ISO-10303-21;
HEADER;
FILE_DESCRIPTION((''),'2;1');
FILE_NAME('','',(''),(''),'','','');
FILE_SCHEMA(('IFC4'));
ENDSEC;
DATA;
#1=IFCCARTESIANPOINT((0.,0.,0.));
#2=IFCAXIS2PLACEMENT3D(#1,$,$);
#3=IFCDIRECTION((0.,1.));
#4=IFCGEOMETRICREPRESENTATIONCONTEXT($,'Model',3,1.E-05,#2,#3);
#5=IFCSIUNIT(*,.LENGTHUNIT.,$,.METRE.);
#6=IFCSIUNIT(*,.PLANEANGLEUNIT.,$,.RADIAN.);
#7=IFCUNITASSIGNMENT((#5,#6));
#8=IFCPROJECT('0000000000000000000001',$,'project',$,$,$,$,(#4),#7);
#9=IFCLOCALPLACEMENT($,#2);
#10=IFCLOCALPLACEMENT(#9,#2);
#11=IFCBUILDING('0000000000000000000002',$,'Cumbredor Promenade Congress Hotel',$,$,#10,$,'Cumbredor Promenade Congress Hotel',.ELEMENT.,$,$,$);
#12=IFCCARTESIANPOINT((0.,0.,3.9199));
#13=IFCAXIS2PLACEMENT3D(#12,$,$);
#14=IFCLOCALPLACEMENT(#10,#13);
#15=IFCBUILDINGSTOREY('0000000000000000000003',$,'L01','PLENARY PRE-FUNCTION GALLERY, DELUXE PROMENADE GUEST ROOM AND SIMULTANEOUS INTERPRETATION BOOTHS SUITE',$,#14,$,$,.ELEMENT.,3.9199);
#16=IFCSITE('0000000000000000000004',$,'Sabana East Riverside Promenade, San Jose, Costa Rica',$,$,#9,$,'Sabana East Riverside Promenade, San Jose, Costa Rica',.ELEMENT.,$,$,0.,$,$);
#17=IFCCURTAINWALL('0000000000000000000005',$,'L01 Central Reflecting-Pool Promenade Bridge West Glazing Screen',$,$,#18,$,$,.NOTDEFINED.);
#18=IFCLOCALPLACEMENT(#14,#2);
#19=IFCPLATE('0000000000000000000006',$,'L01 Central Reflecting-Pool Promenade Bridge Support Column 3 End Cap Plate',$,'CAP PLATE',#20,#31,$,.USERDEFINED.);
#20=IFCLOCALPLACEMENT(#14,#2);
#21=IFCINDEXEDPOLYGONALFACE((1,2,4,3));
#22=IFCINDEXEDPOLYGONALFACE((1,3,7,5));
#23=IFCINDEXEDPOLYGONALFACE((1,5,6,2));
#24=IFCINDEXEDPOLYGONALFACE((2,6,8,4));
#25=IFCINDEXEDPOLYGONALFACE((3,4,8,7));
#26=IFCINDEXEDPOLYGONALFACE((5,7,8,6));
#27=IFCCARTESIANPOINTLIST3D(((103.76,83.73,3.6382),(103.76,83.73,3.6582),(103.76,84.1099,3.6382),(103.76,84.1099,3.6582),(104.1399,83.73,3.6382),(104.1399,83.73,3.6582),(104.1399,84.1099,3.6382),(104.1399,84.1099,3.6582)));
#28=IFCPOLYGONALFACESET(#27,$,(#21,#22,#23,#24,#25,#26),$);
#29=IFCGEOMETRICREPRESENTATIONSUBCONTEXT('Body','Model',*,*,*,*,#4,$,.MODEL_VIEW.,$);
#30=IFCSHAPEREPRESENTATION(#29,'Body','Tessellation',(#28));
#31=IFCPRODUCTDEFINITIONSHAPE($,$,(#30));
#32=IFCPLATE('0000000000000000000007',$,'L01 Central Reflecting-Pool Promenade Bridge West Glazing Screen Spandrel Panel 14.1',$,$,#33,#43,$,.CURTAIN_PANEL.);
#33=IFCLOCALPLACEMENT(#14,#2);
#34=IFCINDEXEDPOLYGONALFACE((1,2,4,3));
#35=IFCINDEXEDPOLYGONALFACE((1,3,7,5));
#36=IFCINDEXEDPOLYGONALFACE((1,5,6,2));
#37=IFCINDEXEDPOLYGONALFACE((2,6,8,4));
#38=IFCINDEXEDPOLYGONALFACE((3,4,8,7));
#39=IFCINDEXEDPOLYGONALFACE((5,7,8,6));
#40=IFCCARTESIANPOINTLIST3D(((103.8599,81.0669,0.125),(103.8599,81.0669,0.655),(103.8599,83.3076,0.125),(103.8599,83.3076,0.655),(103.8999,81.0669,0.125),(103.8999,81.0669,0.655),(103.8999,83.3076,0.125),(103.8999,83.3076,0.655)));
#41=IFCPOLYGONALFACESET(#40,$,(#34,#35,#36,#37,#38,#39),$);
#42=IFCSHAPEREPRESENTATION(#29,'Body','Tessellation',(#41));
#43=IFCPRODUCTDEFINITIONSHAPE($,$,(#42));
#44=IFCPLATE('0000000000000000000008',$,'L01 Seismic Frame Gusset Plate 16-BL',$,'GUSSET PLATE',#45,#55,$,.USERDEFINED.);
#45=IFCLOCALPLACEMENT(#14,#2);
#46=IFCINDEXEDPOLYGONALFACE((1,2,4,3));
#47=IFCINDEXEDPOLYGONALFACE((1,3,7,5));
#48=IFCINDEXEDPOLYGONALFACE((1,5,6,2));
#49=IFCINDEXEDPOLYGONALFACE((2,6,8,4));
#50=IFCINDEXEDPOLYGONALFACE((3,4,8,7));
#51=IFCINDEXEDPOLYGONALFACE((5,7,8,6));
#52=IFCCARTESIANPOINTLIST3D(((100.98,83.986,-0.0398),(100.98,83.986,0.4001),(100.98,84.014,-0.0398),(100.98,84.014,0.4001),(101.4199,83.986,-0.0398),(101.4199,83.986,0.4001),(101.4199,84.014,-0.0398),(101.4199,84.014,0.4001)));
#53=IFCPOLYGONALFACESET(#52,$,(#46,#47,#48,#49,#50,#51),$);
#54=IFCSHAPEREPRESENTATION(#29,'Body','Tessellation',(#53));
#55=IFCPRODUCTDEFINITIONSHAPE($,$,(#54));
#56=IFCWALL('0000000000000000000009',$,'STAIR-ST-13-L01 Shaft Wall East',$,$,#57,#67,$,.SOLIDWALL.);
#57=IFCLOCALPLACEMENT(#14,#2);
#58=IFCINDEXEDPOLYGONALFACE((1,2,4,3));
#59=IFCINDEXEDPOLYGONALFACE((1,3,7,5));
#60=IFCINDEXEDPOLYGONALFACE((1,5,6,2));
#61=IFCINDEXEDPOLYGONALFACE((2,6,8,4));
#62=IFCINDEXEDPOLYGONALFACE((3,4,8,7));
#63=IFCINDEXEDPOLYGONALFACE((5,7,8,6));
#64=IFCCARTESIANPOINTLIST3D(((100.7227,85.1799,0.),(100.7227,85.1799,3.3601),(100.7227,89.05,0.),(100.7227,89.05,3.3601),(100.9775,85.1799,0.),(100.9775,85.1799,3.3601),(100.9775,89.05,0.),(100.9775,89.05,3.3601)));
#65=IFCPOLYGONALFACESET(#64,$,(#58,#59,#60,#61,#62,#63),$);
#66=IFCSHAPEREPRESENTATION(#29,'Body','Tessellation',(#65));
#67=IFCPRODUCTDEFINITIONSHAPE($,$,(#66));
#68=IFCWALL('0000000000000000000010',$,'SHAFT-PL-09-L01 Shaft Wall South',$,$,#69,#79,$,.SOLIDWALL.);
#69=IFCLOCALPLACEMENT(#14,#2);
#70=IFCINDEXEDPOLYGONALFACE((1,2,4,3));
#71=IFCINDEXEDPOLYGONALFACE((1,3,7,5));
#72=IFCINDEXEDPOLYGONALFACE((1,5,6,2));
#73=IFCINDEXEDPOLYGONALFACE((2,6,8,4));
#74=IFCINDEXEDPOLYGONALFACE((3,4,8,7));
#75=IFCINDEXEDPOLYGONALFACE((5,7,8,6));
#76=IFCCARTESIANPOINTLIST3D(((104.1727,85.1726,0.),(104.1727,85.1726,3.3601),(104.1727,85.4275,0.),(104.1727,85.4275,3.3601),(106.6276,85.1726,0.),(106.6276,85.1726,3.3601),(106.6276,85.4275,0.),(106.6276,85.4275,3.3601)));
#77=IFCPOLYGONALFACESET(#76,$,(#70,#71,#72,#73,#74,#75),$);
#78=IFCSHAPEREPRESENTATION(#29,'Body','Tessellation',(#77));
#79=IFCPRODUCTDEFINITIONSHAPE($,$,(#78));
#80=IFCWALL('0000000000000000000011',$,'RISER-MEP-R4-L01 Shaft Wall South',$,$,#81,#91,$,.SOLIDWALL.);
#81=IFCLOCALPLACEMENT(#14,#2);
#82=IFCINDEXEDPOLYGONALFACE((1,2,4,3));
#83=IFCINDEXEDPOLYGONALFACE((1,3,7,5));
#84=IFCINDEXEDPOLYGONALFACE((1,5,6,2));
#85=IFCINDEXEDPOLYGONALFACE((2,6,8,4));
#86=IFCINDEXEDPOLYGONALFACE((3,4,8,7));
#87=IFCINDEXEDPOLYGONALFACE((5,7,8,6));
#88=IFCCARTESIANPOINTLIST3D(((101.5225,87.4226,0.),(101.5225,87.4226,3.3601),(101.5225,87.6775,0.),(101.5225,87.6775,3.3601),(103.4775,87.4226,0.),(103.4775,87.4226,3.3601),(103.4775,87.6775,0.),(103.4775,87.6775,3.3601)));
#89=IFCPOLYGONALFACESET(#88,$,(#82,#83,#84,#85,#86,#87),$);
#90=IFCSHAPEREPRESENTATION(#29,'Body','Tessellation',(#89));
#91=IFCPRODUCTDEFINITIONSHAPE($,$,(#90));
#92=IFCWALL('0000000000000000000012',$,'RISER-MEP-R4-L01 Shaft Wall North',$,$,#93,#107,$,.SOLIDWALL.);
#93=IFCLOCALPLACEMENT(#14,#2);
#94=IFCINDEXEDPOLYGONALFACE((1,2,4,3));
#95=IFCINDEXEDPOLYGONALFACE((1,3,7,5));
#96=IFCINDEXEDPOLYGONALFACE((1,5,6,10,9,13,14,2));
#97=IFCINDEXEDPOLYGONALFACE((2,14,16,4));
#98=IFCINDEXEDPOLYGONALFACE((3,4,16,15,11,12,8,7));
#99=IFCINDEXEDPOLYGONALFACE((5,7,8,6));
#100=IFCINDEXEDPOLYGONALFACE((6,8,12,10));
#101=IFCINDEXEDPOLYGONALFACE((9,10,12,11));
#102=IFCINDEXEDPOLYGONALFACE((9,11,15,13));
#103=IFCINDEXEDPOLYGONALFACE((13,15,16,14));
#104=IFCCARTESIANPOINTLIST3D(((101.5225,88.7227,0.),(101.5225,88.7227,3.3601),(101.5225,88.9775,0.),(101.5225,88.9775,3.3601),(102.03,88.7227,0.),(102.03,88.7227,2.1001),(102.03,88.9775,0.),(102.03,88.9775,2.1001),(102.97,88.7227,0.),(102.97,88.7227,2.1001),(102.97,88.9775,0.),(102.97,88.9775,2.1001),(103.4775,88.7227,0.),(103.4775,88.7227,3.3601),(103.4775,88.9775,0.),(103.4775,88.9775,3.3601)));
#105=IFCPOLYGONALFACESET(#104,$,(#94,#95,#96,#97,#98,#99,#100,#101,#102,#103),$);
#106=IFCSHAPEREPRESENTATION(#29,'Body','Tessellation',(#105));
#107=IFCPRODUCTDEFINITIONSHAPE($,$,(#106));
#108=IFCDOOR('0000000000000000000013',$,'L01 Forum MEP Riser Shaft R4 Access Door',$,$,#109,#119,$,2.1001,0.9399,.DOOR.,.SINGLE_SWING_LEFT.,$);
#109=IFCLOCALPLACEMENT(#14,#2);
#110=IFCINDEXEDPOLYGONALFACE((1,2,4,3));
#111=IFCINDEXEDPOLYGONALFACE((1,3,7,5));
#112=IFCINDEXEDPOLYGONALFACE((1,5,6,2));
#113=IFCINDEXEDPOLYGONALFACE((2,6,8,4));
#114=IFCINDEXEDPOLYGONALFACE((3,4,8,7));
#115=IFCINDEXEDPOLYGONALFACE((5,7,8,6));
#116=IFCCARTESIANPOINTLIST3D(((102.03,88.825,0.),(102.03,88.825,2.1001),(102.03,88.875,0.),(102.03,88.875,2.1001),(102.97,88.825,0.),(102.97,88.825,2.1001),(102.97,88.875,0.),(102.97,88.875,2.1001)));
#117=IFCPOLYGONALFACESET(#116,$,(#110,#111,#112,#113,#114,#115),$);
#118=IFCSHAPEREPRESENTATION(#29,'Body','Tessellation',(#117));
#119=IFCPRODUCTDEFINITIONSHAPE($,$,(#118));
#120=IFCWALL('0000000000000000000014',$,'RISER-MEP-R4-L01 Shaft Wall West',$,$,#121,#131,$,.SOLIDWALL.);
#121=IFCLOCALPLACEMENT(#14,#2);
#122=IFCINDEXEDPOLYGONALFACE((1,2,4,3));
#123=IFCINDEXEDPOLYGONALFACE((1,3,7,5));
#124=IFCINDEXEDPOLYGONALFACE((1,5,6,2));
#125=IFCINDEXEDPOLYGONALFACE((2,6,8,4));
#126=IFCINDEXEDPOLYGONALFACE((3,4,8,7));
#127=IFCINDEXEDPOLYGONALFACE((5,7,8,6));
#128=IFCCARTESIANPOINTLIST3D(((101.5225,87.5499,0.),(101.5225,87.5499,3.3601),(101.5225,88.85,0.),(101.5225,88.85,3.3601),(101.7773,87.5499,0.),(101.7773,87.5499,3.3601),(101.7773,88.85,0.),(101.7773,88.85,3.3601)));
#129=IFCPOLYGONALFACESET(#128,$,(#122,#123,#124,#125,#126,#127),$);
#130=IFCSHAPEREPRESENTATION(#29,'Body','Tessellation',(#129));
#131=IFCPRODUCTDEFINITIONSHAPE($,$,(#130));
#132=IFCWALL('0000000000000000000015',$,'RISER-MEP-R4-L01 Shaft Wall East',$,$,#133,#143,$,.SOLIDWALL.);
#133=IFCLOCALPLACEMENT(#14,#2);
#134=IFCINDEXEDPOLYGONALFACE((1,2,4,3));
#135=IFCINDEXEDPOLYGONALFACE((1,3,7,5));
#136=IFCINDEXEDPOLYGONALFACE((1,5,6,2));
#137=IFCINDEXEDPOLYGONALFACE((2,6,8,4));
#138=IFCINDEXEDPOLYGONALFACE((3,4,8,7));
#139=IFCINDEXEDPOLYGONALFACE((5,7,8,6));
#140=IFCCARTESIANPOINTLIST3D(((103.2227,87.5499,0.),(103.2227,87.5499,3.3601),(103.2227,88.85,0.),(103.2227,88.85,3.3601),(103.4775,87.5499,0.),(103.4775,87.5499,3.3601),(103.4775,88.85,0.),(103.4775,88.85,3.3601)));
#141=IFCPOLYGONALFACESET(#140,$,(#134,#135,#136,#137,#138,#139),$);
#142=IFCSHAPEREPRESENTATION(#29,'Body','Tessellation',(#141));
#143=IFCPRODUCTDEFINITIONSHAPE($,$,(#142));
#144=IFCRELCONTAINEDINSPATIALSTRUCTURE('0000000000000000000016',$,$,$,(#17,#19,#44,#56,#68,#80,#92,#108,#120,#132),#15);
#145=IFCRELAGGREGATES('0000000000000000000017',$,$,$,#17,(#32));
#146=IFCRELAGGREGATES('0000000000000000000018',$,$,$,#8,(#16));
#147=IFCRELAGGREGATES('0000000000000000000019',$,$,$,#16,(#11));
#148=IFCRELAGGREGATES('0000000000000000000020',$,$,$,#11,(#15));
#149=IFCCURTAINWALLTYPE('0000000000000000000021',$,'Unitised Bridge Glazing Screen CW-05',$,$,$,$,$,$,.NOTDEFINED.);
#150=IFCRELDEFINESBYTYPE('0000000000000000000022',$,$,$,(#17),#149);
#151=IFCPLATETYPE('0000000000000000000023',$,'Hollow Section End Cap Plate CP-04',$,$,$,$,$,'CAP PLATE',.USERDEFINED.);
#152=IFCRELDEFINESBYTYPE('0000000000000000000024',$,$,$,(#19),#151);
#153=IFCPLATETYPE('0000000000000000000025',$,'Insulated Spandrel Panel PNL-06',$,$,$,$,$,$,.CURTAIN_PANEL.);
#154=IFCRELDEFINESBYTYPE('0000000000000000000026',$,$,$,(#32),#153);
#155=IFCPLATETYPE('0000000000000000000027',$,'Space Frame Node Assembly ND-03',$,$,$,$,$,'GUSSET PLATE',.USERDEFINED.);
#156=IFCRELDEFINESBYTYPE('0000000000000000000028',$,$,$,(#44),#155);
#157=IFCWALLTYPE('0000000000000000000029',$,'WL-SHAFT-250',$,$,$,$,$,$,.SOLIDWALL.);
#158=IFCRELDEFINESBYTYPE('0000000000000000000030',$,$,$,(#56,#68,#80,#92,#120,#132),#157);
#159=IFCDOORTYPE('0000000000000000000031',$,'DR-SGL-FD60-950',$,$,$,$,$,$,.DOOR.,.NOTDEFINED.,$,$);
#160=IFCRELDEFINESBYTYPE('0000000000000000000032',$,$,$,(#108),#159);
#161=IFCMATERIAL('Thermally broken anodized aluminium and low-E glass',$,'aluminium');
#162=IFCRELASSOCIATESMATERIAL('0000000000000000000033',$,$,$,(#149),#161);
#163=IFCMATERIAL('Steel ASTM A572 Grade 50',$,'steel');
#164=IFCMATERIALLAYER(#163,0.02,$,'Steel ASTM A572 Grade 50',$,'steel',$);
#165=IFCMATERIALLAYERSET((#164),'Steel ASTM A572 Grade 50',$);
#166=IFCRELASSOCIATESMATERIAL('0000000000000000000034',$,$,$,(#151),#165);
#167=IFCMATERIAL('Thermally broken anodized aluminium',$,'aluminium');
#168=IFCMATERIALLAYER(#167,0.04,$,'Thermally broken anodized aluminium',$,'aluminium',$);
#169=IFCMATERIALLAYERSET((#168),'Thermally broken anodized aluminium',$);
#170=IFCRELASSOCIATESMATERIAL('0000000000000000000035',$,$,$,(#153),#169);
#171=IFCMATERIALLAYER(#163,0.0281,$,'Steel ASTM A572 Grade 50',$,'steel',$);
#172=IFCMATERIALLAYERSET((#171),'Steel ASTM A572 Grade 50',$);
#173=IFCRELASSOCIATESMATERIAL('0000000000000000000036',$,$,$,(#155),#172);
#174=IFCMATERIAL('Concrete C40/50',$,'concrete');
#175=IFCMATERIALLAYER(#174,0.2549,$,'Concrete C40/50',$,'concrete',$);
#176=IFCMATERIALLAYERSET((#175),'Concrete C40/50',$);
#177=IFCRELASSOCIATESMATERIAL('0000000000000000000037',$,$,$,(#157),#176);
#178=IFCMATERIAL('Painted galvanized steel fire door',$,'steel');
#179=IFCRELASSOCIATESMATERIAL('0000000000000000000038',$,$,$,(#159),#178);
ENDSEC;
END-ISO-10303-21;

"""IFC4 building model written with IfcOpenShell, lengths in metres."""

from ifc_helpers import new_model, si_unit, direction, frame, frame_2d, origin, origin_2d, place, context, subcontext, project, spatial, rectangle, extrude, material, layer, layer_set, type_object, element, fill, aggregate, save


model = new_model("IFC4")

# Units and contexts
model_context = context("Model", 3, precision=1e-05, world=origin(), true_north=direction((0.0, 1.0)))
body_context = subcontext(model_context, "Body", "Model", "MODEL_VIEW")
ifc_project = project(units=[si_unit("LENGTHUNIT", "METRE"), si_unit("PLANEANGLEUNIT", "RADIAN")], contexts=[model_context])

# Site, building, storey
site_placement = place(None, origin())
site = spatial("IfcSite", under=ifc_project, at=site_placement, Name="Sabana East Riverside Promenade, San Jose, Costa Rica", LongName="Sabana East Riverside Promenade, San Jose, Costa Rica", CompositionType="ELEMENT", RefElevation=0.0)
building_placement = place(site_placement, origin())
building = spatial("IfcBuilding", under=site, at=building_placement, Name="Cumbredor Promenade Congress Hotel", LongName="Cumbredor Promenade Congress Hotel", CompositionType="ELEMENT")
storey_placement = place(building_placement, frame((0.0, 0.0, 3.9199)))
storey = spatial("IfcBuildingStorey", under=building, at=storey_placement, Name="L01", Description="PLENARY PRE-FUNCTION GALLERY, DELUXE PROMENADE GUEST ROOM AND SIMULTANEOUS INTERPRETATION BOOTHS SUITE", CompositionType="ELEMENT", Elevation=3.9199)

# Shared definitions
ifc_material_1 = material(Name="Concrete C40/50", Category="concrete")

# Curtain wall
ifc_material_2 = material(Name="Thermally broken anodized aluminium and low-E glass", Category="aluminium")
curtain_wall_type = type_object("IfcCurtainWallType", Name="Unitised Bridge Glazing Screen CW-05", PredefinedType="NOTDEFINED", material=ifc_material_2)
curtain_wall_placement = place(storey_placement, origin())
curtain_wall = element("IfcCurtainWall", 1, at=curtain_wall_placement, inside=storey, type_object=curtain_wall_type, Name="L01 Central Reflecting-Pool Promenade Bridge West Glazing Screen", PredefinedType="NOTDEFINED")
ifc_material_3 = material(Name="Thermally broken anodized aluminium", Category="aluminium")

# Plate
ifc_material_4 = material(Name="Steel ASTM A572 Grade 50", Category="steel")
ifc_layer_1 = layer(ifc_material_4, 0.02, Name="Steel ASTM A572 Grade 50", Category="steel")
ifc_layer_set_1 = layer_set([ifc_layer_1], Name="Steel ASTM A572 Grade 50")
plate_type_1 = type_object("IfcPlateType", Name="Hollow Section End Cap Plate CP-04", ElementType="CAP PLATE", PredefinedType="USERDEFINED", material=ifc_layer_set_1)
for number, where, z_axis, x_axis, name in (
    (2, (103.95, 83.9199, 3.6382), (0.0, 0.0, 1.0), (1.0, 0.0, 0.0), "L01 Central Reflecting-Pool Promenade Bridge Support Column 3 End Cap Plate"),
):
    element("IfcPlate", number, at=place(storey_placement, frame(where, z_axis=z_axis, x_axis=x_axis)), inside=storey, type_object=plate_type_1, Name=name, ObjectType="CAP PLATE", PredefinedType="USERDEFINED", context=body_context, shape_type="SweptSolid", body=[
        extrude(rectangle(XDim=0.3799, YDim=0.3799, at=origin_2d()), origin(), (0.0, 0.0, 1.0), 0.02),
    ])

# Plates
ifc_layer_2 = layer(ifc_material_3, 0.04, Name="Thermally broken anodized aluminium", Category="aluminium")
ifc_layer_set_2 = layer_set([ifc_layer_2], Name="Thermally broken anodized aluminium")
plate_type_2 = type_object("IfcPlateType", Name="Insulated Spandrel Panel PNL-06", PredefinedType="CURTAIN_PANEL", material=ifc_layer_set_2)
plate_1_placement = place(storey_placement, frame((103.8799, 82.1873, 0.125), z_axis=(0.0, 0.0, 1.0), x_axis=(0.0, 1.0, 0.0)))
plate_1 = element("IfcPlate", 3, at=plate_1_placement, type_object=plate_type_2, Name="L01 Central Reflecting-Pool Promenade Bridge West Glazing Screen Spandrel Panel 14.1", PredefinedType="CURTAIN_PANEL", context=body_context, shape_type="SweptSolid", body=[
    extrude(rectangle(XDim=2.2407, YDim=0.04, at=origin_2d()), origin(), (0.0, 0.0, 1.0), 0.53),
])
aggregate(curtain_wall, [plate_1])
ifc_layer_3 = layer(ifc_material_4, 0.0281, Name="Steel ASTM A572 Grade 50", Category="steel")
ifc_layer_set_3 = layer_set([ifc_layer_3], Name="Steel ASTM A572 Grade 50")
plate_type_3 = type_object("IfcPlateType", Name="Space Frame Node Assembly ND-03", ElementType="GUSSET PLATE", PredefinedType="USERDEFINED", material=ifc_layer_set_3)
plate_2_placement = place(storey_placement, frame((101.2, 84.0, -0.0398), z_axis=(0.0, 0.0, 1.0), x_axis=(1.0, 0.0, 0.0)))
element("IfcPlate", 4, at=plate_2_placement, inside=storey, type_object=plate_type_3, Name="L01 Seismic Frame Gusset Plate 16-BL", ObjectType="GUSSET PLATE", PredefinedType="USERDEFINED", context=body_context, shape_type="SweptSolid", body=[
    extrude(rectangle(XDim=0.4399, YDim=0.0281, at=origin_2d()), origin(), (0.0, 0.0, 1.0), 0.4399),
])

# Walls
ifc_layer_4 = layer(ifc_material_1, 0.2549, Name="Concrete C40/50", Category="concrete")
ifc_layer_set_4 = layer_set([ifc_layer_4], Name="Concrete C40/50")
wall_type = type_object("IfcWallType", Name="WL-SHAFT-250", PredefinedType="SOLIDWALL", material=ifc_layer_set_4)
wall_1_placement = place(storey_placement, frame((100.8501, 85.1799, 0.0), z_axis=(0.0, 0.0, 1.0), x_axis=(0.0, 1.0, 0.0)))
element("IfcWall", 5, at=wall_1_placement, inside=storey, type_object=wall_type, Name="STAIR-ST-13-L01 Shaft Wall East", PredefinedType="SOLIDWALL", context=body_context, shape_type="SweptSolid", body=[
    extrude(rectangle(XDim=3.8701, YDim=0.2549, at=frame_2d((1.9351, 0.0))), origin(), (0.0, 0.0, 1.0), 3.3601),
])
wall_2_placement = place(storey_placement, frame((104.1726, 85.3, 0.0), z_axis=(0.0, 0.0, 1.0), x_axis=(1.0, 0.0, 0.0)))
element("IfcWall", 6, at=wall_2_placement, inside=storey, type_object=wall_type, Name="SHAFT-PL-09-L01 Shaft Wall South", PredefinedType="SOLIDWALL", context=body_context, shape_type="SweptSolid", body=[
    extrude(rectangle(XDim=2.4548, YDim=0.2549, at=frame_2d((1.2275, 0.0))), origin(), (0.0, 0.0, 1.0), 3.3601),
])

# Wall
wall_3_placement = place(storey_placement, frame((101.5225, 87.55, 0.0), z_axis=(0.0, 0.0, 1.0), x_axis=(1.0, 0.0, 0.0)))
element("IfcWall", 7, at=wall_3_placement, inside=storey, type_object=wall_type, Name="RISER-MEP-R4-L01 Shaft Wall South", PredefinedType="SOLIDWALL", context=body_context, shape_type="SweptSolid", body=[
    extrude(rectangle(XDim=1.9551, YDim=0.2549, at=frame_2d((0.9775, 0.0))), origin(), (0.0, 0.0, 1.0), 3.3601),
])

# Wall, opening, door
wall_4_placement = place(storey_placement, frame((101.5225, 88.8501, 0.0), z_axis=(0.0, 0.0, 1.0), x_axis=(1.0, 0.0, 0.0)))
wall_4 = element("IfcWall", 8, at=wall_4_placement, inside=storey, type_object=wall_type, Name="RISER-MEP-R4-L01 Shaft Wall North", PredefinedType="SOLIDWALL", context=body_context, shape_type="SweptSolid", body=[
    extrude(rectangle(XDim=1.9551, YDim=0.2549, at=frame_2d((0.9775, 0.0))), origin(), (0.0, 0.0, 1.0), 3.3601),
])
opening_1_placement = place(wall_4_placement, frame((0.5076, 0.0, 0.0)))
opening_1 = element("IfcOpeningElement", 9, at=opening_1_placement, cuts=wall_4, PredefinedType="OPENING", context=body_context, shape_type="SweptSolid", body=[
    extrude(rectangle(XDim=0.9399, YDim=2.1001, at=frame_2d((0.47, 1.05))), frame((0.0, 0.1375, 0.0), z_axis=(0.0, -1.0, 0.0), x_axis=(1.0, 0.0, 0.0)), (0.0, 0.0, 1.0), 0.2749),
])
ifc_material_5 = material(Name="Painted galvanized steel fire door", Category="steel")
door_type_1 = type_object("IfcDoorType", Name="DR-SGL-FD60-950", OperationType="NOTDEFINED", PredefinedType="DOOR", material=ifc_material_5)
door_1_placement = place(opening_1_placement, origin())
door_1 = element("IfcDoor", 10, at=door_1_placement, inside=storey, type_object=door_type_1, Name="L01 Forum MEP Riser Shaft R4 Access Door", OperationType="SINGLE_SWING_LEFT", OverallHeight=2.1001, OverallWidth=0.9399, PredefinedType="DOOR", context=body_context, shape_type="SweptSolid", body=[
    extrude(rectangle(XDim=0.9399, YDim=2.1001, at=frame_2d((0.47, 1.05))), frame((0.0, 0.0249, 0.0), z_axis=(0.0, -1.0, 0.0), x_axis=(1.0, 0.0, 0.0)), (0.0, 0.0, 1.0), 0.05),
])
fill(opening_1, door_1)

# Walls
for number, where, z_axis, x_axis, name in (
    (11, (101.6499, 87.55, 0.0), (0.0, 0.0, 1.0), (0.0, 1.0, 0.0), "RISER-MEP-R4-L01 Shaft Wall West"),
    (12, (103.3501, 87.55, 0.0), (0.0, 0.0, 1.0), (0.0, 1.0, 0.0), "RISER-MEP-R4-L01 Shaft Wall East"),
):
    element("IfcWall", number, at=place(storey_placement, frame(where, z_axis=z_axis, x_axis=x_axis)), inside=storey, type_object=wall_type, Name=name, PredefinedType="SOLIDWALL", context=body_context, shape_type="SweptSolid", body=[
        extrude(rectangle(XDim=1.3, YDim=0.2549, at=frame_2d((0.6499, 0.0))), origin(), (0.0, 0.0, 1.0), 3.3601),
    ])

save(model, "model.ifc")
